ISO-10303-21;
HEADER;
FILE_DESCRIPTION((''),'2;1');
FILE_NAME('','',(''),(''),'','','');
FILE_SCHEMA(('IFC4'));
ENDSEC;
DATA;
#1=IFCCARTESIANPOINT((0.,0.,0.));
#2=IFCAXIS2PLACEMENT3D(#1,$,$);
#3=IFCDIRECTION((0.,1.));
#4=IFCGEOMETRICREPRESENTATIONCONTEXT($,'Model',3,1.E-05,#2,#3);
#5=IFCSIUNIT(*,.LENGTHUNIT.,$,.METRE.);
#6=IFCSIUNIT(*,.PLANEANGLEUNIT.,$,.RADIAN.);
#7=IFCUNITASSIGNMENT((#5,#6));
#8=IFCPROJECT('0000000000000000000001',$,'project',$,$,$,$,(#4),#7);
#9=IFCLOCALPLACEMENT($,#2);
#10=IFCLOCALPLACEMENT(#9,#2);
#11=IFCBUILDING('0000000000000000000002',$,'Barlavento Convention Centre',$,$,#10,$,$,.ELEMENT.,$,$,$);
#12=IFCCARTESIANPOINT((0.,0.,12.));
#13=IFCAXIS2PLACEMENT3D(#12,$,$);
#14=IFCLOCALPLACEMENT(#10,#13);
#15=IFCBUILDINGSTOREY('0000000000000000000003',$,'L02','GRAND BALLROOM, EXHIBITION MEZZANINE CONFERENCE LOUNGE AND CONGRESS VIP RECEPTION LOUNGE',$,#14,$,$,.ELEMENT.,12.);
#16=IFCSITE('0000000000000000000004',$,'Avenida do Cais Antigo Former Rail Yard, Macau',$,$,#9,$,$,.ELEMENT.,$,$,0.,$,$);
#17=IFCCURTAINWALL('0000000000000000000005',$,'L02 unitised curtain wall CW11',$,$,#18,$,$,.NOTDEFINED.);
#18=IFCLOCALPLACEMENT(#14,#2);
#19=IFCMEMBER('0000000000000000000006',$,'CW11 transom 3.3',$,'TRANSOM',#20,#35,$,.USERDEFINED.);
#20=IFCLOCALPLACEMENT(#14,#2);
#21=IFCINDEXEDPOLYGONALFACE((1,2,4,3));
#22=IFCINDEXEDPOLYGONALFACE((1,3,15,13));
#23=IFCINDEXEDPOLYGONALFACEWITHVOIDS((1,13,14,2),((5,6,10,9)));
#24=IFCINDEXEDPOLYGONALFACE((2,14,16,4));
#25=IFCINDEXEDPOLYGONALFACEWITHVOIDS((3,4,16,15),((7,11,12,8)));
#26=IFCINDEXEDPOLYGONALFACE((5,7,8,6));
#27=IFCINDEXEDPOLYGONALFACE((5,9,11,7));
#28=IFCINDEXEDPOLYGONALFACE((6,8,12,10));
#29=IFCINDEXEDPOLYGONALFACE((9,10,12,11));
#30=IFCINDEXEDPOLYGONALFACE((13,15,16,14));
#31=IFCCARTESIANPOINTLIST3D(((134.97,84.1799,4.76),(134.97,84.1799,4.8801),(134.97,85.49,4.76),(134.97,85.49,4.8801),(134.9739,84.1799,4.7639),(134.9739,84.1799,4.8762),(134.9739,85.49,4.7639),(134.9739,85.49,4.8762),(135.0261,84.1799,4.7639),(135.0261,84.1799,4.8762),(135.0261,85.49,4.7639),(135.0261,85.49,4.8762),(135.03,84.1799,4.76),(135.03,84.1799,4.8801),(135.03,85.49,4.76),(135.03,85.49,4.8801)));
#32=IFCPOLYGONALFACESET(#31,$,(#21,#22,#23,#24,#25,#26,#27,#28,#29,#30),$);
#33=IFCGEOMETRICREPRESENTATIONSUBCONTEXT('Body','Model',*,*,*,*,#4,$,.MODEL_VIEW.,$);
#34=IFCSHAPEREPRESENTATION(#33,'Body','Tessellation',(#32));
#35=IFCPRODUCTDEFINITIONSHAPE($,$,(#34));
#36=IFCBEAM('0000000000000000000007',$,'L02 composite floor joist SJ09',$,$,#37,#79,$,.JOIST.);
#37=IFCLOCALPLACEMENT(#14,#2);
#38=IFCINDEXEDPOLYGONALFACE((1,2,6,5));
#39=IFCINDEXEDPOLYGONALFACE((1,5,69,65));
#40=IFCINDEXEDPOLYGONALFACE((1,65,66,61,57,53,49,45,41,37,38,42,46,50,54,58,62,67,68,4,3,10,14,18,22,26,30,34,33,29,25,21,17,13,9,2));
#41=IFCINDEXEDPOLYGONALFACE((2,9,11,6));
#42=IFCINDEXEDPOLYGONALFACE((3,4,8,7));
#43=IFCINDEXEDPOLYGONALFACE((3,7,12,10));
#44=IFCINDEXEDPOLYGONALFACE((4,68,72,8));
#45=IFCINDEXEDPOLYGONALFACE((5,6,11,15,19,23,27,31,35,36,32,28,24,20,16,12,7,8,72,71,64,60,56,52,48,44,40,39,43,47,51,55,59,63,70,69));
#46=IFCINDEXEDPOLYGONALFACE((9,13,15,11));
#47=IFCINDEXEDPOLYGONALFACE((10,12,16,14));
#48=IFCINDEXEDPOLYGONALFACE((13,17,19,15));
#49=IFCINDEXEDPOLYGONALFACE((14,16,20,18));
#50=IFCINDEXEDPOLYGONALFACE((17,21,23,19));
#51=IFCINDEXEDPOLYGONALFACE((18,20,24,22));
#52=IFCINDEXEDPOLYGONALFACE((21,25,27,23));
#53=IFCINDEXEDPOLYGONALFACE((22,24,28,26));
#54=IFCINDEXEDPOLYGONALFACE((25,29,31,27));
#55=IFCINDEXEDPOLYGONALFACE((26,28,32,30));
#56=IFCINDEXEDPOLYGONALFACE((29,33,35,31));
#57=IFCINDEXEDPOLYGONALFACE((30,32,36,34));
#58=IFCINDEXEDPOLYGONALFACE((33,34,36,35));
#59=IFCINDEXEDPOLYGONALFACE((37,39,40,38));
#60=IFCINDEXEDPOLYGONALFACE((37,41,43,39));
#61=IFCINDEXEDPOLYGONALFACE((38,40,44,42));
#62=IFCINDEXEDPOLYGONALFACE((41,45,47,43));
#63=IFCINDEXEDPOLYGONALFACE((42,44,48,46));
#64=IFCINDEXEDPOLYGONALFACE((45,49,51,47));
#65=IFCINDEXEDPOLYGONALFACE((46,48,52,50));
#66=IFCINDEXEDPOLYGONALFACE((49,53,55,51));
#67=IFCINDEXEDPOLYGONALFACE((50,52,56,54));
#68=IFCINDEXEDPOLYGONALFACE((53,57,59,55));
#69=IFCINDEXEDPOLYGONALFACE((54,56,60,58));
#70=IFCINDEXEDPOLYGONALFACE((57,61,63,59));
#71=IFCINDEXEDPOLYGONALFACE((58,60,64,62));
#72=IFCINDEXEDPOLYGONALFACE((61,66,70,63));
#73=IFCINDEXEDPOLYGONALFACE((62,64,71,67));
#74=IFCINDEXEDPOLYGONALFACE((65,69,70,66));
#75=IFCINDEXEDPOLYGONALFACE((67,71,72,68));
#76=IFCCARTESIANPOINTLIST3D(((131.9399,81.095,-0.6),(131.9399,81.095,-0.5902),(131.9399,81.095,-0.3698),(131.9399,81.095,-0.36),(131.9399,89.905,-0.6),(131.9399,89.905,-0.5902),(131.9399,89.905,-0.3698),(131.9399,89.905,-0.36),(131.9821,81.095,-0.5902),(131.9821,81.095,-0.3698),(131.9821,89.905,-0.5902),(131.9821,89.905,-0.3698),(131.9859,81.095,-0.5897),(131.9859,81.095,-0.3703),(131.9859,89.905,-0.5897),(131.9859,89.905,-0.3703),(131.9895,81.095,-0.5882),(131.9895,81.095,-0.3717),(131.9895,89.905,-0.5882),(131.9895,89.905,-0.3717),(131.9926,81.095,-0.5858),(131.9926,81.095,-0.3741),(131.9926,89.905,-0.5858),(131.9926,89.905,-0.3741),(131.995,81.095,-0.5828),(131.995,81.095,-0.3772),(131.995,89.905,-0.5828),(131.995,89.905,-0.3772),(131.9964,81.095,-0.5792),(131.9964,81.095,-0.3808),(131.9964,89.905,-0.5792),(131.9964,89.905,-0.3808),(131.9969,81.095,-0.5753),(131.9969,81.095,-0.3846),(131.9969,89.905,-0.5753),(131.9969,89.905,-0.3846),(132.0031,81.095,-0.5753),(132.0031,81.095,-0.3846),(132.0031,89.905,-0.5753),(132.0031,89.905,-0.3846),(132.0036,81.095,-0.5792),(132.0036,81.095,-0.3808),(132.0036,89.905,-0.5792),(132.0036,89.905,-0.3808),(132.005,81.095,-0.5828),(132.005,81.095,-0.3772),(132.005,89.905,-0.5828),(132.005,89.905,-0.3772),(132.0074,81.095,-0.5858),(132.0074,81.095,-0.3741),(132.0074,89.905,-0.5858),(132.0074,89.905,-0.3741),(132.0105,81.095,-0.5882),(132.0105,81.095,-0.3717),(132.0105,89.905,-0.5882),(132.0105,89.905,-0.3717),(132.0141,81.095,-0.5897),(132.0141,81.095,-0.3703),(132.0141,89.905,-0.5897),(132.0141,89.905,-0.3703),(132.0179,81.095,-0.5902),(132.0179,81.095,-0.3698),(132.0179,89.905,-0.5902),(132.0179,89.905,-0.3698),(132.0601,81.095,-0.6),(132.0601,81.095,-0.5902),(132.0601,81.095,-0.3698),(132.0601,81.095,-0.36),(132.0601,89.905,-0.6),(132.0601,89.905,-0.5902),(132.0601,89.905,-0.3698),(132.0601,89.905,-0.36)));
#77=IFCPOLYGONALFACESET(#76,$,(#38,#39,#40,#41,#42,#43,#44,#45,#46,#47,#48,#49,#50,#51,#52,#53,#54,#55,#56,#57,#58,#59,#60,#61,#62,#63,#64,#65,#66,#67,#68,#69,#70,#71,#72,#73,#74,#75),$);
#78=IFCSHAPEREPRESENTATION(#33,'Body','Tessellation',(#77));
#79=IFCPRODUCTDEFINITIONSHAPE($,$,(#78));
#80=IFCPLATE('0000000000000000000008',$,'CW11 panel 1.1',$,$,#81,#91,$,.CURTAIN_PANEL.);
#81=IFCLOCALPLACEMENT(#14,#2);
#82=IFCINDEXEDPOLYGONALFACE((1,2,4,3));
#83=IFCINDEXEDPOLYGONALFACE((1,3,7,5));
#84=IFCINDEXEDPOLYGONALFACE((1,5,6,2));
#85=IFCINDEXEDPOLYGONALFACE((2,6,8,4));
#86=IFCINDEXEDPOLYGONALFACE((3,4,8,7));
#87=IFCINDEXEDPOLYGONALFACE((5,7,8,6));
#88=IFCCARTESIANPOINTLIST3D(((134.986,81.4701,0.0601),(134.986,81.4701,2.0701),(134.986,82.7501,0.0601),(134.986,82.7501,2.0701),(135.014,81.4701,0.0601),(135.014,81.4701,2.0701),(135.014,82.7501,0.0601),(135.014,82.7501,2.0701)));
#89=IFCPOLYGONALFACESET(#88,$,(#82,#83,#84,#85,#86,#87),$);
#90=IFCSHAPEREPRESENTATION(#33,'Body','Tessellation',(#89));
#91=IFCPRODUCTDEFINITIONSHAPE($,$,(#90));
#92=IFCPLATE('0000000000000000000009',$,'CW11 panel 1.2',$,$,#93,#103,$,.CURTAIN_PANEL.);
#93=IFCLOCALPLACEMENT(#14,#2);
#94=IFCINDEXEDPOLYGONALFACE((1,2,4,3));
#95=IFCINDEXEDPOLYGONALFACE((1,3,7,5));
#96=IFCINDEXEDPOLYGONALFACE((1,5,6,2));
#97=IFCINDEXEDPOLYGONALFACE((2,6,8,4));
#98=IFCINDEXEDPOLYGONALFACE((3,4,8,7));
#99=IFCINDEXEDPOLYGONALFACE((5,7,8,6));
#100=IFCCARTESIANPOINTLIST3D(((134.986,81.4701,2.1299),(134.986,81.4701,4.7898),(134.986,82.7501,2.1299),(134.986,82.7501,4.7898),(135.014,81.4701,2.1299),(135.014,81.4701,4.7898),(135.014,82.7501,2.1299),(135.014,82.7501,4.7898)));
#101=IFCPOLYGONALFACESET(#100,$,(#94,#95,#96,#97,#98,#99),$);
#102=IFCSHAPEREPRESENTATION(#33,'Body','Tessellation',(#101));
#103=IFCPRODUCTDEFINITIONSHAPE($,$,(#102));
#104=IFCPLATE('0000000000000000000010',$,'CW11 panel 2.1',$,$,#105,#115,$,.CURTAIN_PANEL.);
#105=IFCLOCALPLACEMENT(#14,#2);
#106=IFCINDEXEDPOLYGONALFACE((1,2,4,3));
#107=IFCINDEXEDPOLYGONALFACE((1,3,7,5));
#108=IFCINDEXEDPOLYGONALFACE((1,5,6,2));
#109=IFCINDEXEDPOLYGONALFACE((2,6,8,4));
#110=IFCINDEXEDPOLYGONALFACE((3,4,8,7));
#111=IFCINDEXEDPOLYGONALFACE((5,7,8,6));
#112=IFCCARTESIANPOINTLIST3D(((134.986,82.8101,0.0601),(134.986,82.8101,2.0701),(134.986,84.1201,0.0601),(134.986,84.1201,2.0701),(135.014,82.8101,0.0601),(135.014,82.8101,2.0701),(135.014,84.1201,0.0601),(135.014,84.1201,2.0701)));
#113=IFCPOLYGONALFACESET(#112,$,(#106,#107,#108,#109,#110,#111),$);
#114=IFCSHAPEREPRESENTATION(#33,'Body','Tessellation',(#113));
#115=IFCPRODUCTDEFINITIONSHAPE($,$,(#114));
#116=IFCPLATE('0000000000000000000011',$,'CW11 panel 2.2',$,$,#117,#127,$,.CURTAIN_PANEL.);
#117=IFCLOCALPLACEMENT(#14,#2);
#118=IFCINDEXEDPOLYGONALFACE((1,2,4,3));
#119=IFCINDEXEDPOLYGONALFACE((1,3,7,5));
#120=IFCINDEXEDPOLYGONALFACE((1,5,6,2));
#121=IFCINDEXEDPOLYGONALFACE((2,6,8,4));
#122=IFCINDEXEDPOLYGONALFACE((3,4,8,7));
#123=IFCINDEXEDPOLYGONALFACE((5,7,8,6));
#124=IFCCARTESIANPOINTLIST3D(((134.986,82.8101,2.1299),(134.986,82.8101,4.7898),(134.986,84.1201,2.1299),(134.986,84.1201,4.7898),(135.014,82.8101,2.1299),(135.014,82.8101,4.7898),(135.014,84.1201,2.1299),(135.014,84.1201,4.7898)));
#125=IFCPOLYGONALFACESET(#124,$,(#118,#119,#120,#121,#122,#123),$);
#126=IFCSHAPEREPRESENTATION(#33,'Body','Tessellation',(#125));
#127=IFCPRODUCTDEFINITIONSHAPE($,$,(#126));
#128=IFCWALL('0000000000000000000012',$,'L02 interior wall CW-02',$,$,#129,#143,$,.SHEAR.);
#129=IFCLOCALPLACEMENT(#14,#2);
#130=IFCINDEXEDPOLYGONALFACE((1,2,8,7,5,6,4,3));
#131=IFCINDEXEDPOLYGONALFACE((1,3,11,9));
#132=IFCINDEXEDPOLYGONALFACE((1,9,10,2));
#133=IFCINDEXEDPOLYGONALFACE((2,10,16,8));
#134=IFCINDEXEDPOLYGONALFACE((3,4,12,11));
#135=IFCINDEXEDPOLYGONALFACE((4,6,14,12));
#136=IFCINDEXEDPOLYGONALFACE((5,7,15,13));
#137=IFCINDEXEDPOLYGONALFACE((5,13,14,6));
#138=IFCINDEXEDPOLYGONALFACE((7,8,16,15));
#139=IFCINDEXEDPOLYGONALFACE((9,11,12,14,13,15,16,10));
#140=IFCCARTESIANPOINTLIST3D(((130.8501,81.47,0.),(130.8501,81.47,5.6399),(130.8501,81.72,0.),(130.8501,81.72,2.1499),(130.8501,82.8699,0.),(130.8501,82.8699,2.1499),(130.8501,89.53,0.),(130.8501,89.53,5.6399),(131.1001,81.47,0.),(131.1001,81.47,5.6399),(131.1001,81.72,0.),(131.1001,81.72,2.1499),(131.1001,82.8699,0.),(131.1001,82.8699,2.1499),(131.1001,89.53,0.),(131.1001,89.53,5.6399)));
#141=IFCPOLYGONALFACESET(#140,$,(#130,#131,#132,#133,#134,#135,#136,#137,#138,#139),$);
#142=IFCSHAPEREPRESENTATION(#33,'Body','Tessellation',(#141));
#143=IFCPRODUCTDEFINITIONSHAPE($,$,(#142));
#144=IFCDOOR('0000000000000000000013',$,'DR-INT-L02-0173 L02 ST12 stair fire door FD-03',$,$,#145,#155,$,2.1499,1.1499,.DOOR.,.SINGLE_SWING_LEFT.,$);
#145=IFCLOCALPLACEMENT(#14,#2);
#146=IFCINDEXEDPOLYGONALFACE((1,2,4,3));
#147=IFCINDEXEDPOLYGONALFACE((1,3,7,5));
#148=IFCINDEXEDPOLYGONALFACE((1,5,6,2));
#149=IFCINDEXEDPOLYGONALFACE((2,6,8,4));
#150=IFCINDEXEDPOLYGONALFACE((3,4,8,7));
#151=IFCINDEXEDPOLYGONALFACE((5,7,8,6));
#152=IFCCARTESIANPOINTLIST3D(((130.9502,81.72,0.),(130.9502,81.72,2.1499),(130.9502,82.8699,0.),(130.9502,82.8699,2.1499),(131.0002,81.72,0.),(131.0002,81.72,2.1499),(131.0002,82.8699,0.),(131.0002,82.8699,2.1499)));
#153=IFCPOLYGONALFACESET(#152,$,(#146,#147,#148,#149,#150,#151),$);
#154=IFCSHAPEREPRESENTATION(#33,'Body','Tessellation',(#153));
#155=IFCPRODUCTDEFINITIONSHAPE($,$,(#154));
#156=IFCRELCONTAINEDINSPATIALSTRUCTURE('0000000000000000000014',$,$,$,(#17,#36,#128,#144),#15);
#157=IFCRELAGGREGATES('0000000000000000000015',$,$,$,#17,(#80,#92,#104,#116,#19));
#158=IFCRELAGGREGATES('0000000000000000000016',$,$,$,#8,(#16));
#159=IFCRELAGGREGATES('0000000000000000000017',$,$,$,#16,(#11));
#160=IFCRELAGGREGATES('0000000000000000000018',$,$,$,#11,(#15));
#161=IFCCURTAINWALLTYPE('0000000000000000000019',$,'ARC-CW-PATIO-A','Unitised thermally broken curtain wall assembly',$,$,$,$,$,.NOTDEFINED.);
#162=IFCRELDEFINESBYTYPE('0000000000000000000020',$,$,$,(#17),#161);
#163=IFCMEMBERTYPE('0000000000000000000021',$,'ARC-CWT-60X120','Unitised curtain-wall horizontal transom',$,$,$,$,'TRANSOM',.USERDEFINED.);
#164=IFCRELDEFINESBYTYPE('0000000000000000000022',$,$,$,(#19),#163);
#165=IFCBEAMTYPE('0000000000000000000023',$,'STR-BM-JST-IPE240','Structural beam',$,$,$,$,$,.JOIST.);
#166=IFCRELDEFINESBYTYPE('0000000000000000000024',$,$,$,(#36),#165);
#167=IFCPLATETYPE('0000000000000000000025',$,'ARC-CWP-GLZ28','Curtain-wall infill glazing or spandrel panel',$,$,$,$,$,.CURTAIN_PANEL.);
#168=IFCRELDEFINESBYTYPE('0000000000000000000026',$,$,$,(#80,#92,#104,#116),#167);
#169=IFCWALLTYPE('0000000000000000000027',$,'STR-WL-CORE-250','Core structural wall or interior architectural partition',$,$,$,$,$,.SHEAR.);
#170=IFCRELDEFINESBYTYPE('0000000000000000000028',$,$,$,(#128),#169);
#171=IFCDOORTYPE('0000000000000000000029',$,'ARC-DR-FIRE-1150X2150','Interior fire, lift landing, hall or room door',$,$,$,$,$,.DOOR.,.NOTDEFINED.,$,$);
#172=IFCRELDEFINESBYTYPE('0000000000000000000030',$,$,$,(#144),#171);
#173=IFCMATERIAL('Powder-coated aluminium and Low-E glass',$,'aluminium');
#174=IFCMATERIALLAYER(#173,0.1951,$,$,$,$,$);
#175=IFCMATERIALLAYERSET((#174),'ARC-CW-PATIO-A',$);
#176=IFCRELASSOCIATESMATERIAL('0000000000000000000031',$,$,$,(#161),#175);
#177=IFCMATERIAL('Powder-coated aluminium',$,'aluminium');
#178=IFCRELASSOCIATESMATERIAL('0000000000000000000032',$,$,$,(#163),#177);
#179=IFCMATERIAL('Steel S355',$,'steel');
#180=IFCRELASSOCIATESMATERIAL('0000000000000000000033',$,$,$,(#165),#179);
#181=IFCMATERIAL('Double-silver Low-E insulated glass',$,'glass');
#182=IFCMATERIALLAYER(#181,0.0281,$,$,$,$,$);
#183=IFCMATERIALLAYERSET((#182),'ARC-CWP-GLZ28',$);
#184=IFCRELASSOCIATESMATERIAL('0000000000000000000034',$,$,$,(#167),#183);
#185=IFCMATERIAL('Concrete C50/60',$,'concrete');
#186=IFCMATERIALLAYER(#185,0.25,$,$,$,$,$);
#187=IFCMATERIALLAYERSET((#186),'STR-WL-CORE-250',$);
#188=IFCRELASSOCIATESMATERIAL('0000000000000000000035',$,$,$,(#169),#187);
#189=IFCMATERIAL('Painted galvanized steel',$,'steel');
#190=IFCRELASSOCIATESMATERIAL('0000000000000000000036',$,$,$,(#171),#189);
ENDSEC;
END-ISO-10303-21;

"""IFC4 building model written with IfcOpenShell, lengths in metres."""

from ifc_helpers import new_model, si_unit, direction, frame, frame_2d, origin, origin_2d, place, context, subcontext, project, spatial, rectangle, hollow_rectangle, i_section, extrude, material, layer, layer_set, material_profile, profile_set, type_object, element, fill, aggregate, save


model = new_model("IFC4")

# Units and contexts
model_context = context("Model", 3, precision=1e-05, world=origin(), true_north=direction((0.0, 1.0)))
body_context = subcontext(model_context, "Body", "Model", "MODEL_VIEW")
ifc_project = project(units=[si_unit("LENGTHUNIT", "METRE"), si_unit("PLANEANGLEUNIT", "RADIAN")], contexts=[model_context])

# Site, building, storey
site_placement = place(None, origin())
site = spatial("IfcSite", under=ifc_project, at=site_placement, Name="Avenida do Cais Antigo Former Rail Yard, Macau", CompositionType="ELEMENT", RefElevation=0.0)
building_placement = place(site_placement, origin())
building = spatial("IfcBuilding", under=site, at=building_placement, Name="Barlavento Convention Centre", CompositionType="ELEMENT")
storey_placement = place(building_placement, frame((0.0, 0.0, 12.0)))
storey = spatial("IfcBuildingStorey", under=building, at=storey_placement, Name="L02", Description="GRAND BALLROOM, EXHIBITION MEZZANINE CONFERENCE LOUNGE AND CONGRESS VIP RECEPTION LOUNGE", CompositionType="ELEMENT", Elevation=12.0)

# Curtain wall, member
ifc_material_1 = material(Name="Powder-coated aluminium and Low-E glass", Category="aluminium")
ifc_layer_1 = layer(ifc_material_1, 0.1951)
ifc_layer_set_1 = layer_set([ifc_layer_1], Name="ARC-CW-PATIO-A")
curtain_wall_type = type_object("IfcCurtainWallType", Name="ARC-CW-PATIO-A", Description="Unitised thermally broken curtain wall assembly", PredefinedType="NOTDEFINED", material=ifc_layer_set_1)
curtain_wall_placement = place(storey_placement, origin())
curtain_wall = element("IfcCurtainWall", 1, at=curtain_wall_placement, inside=storey, type_object=curtain_wall_type, Name="L02 unitised curtain wall CW11", PredefinedType="NOTDEFINED")
ifc_material_2 = material(Name="Powder-coated aluminium", Category="aluminium")
ifc_material_profile_1 = material_profile(ifc_material_2, hollow_rectangle(XDim=0.0601, YDim=0.1201, WallThickness=0.0039, at=origin_2d()), Name="AL-TRAN 60x120x4")
ifc_profile_set_1 = profile_set([ifc_material_profile_1], Name="Powder-coated aluminium")
member_type_1 = type_object("IfcMemberType", Name="ARC-CWT-60X120", Description="Unitised curtain-wall horizontal transom", ElementType="TRANSOM", PredefinedType="USERDEFINED", material=ifc_profile_set_1)
member_1_placement = place(storey_placement, frame((135.0, 84.1799, 4.8201), z_axis=(0.0, 1.0, 0.0), x_axis=(-1.0, 0.0, 0.0)))
member_1 = element("IfcMember", 2, at=member_1_placement, type_object=member_type_1, Name="CW11 transom 3.3", ObjectType="TRANSOM", PredefinedType="USERDEFINED", context=body_context, shape_type="SweptSolid", body=[
    extrude(hollow_rectangle(XDim=0.0601, YDim=0.1201, WallThickness=0.0039, at=origin_2d()), origin(), (0.0, 0.0, 1.0), 1.3101),
])

# Beam
ifc_material_3 = material(Name="Steel S355", Category="steel")
ifc_material_profile_2 = material_profile(ifc_material_3, i_section(OverallWidth=0.1201, OverallDepth=0.24, WebThickness=0.0061, FlangeThickness=0.0098, FilletRadius=0.0149, at=origin_2d()), Name="IPE 240")
ifc_profile_set_2 = profile_set([ifc_material_profile_2], Name="Steel S355")
beam_type = type_object("IfcBeamType", Name="STR-BM-JST-IPE240", Description="Structural beam", PredefinedType="JOIST", material=ifc_profile_set_2)
beam_placement = place(storey_placement, frame((132.0, 81.095, -0.48), z_axis=(0.0, 1.0, 0.0), x_axis=(-1.0, 0.0, 0.0)))
element("IfcBeam", 3, at=beam_placement, inside=storey, type_object=beam_type, Name="L02 composite floor joist SJ09", PredefinedType="JOIST", context=body_context, shape_type="SweptSolid", body=[
    extrude(i_section(OverallWidth=0.1201, OverallDepth=0.24, WebThickness=0.0061, FlangeThickness=0.0098, FilletRadius=0.0149, at=origin_2d()), origin(), (0.0, 0.0, 1.0), 8.8101),
])

# Plates
ifc_material_4 = material(Name="Double-silver Low-E insulated glass", Category="glass")
ifc_layer_2 = layer(ifc_material_4, 0.0281)
ifc_layer_set_2 = layer_set([ifc_layer_2], Name="ARC-CWP-GLZ28")
plate_type = type_object("IfcPlateType", Name="ARC-CWP-GLZ28", Description="Curtain-wall infill glazing or spandrel panel", PredefinedType="CURTAIN_PANEL", material=ifc_layer_set_2)
plate_1_placement = place(storey_placement, frame((135.0, 82.1101, 0.0601), z_axis=(0.0, 0.0, 1.0), x_axis=(0.0, 1.0, 0.0)))
plate_1 = element("IfcPlate", 4, at=plate_1_placement, type_object=plate_type, Name="CW11 panel 1.1", PredefinedType="CURTAIN_PANEL", context=body_context, shape_type="SweptSolid", body=[
    extrude(rectangle(XDim=1.28, YDim=0.0281, at=origin_2d()), origin(), (0.0, 0.0, 1.0), 2.01),
])
plate_2_placement = place(storey_placement, frame((135.0, 82.1101, 2.1299), z_axis=(0.0, 0.0, 1.0), x_axis=(0.0, 1.0, 0.0)))
plate_2 = element("IfcPlate", 5, at=plate_2_placement, type_object=plate_type, Name="CW11 panel 1.2", PredefinedType="CURTAIN_PANEL", context=body_context, shape_type="SweptSolid", body=[
    extrude(rectangle(XDim=1.28, YDim=0.0281, at=origin_2d()), origin(), (0.0, 0.0, 1.0), 2.6599),
])
plate_3_placement = place(storey_placement, frame((135.0, 83.4651, 0.0601), z_axis=(0.0, 0.0, 1.0), x_axis=(0.0, 1.0, 0.0)))
plate_3 = element("IfcPlate", 6, at=plate_3_placement, type_object=plate_type, Name="CW11 panel 2.1", PredefinedType="CURTAIN_PANEL", context=body_context, shape_type="SweptSolid", body=[
    extrude(rectangle(XDim=1.3101, YDim=0.0281, at=origin_2d()), origin(), (0.0, 0.0, 1.0), 2.01),
])
plate_4_placement = place(storey_placement, frame((135.0, 83.4651, 2.1299), z_axis=(0.0, 0.0, 1.0), x_axis=(0.0, 1.0, 0.0)))
plate_4 = element("IfcPlate", 7, at=plate_4_placement, type_object=plate_type, Name="CW11 panel 2.2", PredefinedType="CURTAIN_PANEL", context=body_context, shape_type="SweptSolid", body=[
    extrude(rectangle(XDim=1.3101, YDim=0.0281, at=origin_2d()), origin(), (0.0, 0.0, 1.0), 2.6599),
])
aggregate(curtain_wall, [plate_1, plate_2, plate_3, plate_4, member_1])

# Wall, opening, door
ifc_material_5 = material(Name="Concrete C50/60", Category="concrete")
ifc_layer_3 = layer(ifc_material_5, 0.25)
ifc_layer_set_3 = layer_set([ifc_layer_3], Name="STR-WL-CORE-250")
wall_type = type_object("IfcWallType", Name="STR-WL-CORE-250", Description="Core structural wall or interior architectural partition", PredefinedType="SHEAR", material=ifc_layer_set_3)
wall_placement = place(storey_placement, frame((130.9751, 81.47, 0.0), z_axis=(0.0, 0.0, 1.0), x_axis=(0.0, 1.0, 0.0)))
wall = element("IfcWall", 8, at=wall_placement, inside=storey, type_object=wall_type, Name="L02 interior wall CW-02", PredefinedType="SHEAR", context=body_context, shape_type="SweptSolid", body=[
    extrude(rectangle(XDim=8.0601, YDim=0.25, at=frame_2d((4.03, 0.0))), origin(), (0.0, 0.0, 1.0), 5.6399),
])
opening_placement = place(wall_placement, frame((0.25, 0.0, 0.0)))
opening = element("IfcOpeningElement", 9, at=opening_placement, cuts=wall, PredefinedType="OPENING", context=body_context, shape_type="SweptSolid", body=[
    extrude(rectangle(XDim=1.1499, YDim=2.1499, at=frame_2d((0.575, 1.075))), frame((0.0, 0.135, 0.0), z_axis=(0.0, -1.0, 0.0), x_axis=(1.0, 0.0, 0.0)), (0.0, 0.0, 1.0), 0.27),
])
ifc_material_6 = material(Name="Painted galvanized steel", Category="steel")
door_type = type_object("IfcDoorType", Name="ARC-DR-FIRE-1150X2150", Description="Interior fire, lift landing, hall or room door", OperationType="NOTDEFINED", PredefinedType="DOOR", material=ifc_material_6)
door_placement = place(opening_placement, origin())
door = element("IfcDoor", 10, at=door_placement, inside=storey, type_object=door_type, Name="DR-INT-L02-0173 L02 ST12 stair fire door FD-03", OperationType="SINGLE_SWING_LEFT", OverallHeight=2.1499, OverallWidth=1.1499, PredefinedType="DOOR", context=body_context, shape_type="SweptSolid", body=[
    extrude(rectangle(XDim=1.1499, YDim=2.1499, at=frame_2d((0.575, 1.075))), frame((0.0, 0.0249, 0.0), z_axis=(0.0, -1.0, 0.0), x_axis=(1.0, 0.0, 0.0)), (0.0, 0.0, 1.0), 0.05),
])
fill(opening, door)

save(model, "model.ifc")
